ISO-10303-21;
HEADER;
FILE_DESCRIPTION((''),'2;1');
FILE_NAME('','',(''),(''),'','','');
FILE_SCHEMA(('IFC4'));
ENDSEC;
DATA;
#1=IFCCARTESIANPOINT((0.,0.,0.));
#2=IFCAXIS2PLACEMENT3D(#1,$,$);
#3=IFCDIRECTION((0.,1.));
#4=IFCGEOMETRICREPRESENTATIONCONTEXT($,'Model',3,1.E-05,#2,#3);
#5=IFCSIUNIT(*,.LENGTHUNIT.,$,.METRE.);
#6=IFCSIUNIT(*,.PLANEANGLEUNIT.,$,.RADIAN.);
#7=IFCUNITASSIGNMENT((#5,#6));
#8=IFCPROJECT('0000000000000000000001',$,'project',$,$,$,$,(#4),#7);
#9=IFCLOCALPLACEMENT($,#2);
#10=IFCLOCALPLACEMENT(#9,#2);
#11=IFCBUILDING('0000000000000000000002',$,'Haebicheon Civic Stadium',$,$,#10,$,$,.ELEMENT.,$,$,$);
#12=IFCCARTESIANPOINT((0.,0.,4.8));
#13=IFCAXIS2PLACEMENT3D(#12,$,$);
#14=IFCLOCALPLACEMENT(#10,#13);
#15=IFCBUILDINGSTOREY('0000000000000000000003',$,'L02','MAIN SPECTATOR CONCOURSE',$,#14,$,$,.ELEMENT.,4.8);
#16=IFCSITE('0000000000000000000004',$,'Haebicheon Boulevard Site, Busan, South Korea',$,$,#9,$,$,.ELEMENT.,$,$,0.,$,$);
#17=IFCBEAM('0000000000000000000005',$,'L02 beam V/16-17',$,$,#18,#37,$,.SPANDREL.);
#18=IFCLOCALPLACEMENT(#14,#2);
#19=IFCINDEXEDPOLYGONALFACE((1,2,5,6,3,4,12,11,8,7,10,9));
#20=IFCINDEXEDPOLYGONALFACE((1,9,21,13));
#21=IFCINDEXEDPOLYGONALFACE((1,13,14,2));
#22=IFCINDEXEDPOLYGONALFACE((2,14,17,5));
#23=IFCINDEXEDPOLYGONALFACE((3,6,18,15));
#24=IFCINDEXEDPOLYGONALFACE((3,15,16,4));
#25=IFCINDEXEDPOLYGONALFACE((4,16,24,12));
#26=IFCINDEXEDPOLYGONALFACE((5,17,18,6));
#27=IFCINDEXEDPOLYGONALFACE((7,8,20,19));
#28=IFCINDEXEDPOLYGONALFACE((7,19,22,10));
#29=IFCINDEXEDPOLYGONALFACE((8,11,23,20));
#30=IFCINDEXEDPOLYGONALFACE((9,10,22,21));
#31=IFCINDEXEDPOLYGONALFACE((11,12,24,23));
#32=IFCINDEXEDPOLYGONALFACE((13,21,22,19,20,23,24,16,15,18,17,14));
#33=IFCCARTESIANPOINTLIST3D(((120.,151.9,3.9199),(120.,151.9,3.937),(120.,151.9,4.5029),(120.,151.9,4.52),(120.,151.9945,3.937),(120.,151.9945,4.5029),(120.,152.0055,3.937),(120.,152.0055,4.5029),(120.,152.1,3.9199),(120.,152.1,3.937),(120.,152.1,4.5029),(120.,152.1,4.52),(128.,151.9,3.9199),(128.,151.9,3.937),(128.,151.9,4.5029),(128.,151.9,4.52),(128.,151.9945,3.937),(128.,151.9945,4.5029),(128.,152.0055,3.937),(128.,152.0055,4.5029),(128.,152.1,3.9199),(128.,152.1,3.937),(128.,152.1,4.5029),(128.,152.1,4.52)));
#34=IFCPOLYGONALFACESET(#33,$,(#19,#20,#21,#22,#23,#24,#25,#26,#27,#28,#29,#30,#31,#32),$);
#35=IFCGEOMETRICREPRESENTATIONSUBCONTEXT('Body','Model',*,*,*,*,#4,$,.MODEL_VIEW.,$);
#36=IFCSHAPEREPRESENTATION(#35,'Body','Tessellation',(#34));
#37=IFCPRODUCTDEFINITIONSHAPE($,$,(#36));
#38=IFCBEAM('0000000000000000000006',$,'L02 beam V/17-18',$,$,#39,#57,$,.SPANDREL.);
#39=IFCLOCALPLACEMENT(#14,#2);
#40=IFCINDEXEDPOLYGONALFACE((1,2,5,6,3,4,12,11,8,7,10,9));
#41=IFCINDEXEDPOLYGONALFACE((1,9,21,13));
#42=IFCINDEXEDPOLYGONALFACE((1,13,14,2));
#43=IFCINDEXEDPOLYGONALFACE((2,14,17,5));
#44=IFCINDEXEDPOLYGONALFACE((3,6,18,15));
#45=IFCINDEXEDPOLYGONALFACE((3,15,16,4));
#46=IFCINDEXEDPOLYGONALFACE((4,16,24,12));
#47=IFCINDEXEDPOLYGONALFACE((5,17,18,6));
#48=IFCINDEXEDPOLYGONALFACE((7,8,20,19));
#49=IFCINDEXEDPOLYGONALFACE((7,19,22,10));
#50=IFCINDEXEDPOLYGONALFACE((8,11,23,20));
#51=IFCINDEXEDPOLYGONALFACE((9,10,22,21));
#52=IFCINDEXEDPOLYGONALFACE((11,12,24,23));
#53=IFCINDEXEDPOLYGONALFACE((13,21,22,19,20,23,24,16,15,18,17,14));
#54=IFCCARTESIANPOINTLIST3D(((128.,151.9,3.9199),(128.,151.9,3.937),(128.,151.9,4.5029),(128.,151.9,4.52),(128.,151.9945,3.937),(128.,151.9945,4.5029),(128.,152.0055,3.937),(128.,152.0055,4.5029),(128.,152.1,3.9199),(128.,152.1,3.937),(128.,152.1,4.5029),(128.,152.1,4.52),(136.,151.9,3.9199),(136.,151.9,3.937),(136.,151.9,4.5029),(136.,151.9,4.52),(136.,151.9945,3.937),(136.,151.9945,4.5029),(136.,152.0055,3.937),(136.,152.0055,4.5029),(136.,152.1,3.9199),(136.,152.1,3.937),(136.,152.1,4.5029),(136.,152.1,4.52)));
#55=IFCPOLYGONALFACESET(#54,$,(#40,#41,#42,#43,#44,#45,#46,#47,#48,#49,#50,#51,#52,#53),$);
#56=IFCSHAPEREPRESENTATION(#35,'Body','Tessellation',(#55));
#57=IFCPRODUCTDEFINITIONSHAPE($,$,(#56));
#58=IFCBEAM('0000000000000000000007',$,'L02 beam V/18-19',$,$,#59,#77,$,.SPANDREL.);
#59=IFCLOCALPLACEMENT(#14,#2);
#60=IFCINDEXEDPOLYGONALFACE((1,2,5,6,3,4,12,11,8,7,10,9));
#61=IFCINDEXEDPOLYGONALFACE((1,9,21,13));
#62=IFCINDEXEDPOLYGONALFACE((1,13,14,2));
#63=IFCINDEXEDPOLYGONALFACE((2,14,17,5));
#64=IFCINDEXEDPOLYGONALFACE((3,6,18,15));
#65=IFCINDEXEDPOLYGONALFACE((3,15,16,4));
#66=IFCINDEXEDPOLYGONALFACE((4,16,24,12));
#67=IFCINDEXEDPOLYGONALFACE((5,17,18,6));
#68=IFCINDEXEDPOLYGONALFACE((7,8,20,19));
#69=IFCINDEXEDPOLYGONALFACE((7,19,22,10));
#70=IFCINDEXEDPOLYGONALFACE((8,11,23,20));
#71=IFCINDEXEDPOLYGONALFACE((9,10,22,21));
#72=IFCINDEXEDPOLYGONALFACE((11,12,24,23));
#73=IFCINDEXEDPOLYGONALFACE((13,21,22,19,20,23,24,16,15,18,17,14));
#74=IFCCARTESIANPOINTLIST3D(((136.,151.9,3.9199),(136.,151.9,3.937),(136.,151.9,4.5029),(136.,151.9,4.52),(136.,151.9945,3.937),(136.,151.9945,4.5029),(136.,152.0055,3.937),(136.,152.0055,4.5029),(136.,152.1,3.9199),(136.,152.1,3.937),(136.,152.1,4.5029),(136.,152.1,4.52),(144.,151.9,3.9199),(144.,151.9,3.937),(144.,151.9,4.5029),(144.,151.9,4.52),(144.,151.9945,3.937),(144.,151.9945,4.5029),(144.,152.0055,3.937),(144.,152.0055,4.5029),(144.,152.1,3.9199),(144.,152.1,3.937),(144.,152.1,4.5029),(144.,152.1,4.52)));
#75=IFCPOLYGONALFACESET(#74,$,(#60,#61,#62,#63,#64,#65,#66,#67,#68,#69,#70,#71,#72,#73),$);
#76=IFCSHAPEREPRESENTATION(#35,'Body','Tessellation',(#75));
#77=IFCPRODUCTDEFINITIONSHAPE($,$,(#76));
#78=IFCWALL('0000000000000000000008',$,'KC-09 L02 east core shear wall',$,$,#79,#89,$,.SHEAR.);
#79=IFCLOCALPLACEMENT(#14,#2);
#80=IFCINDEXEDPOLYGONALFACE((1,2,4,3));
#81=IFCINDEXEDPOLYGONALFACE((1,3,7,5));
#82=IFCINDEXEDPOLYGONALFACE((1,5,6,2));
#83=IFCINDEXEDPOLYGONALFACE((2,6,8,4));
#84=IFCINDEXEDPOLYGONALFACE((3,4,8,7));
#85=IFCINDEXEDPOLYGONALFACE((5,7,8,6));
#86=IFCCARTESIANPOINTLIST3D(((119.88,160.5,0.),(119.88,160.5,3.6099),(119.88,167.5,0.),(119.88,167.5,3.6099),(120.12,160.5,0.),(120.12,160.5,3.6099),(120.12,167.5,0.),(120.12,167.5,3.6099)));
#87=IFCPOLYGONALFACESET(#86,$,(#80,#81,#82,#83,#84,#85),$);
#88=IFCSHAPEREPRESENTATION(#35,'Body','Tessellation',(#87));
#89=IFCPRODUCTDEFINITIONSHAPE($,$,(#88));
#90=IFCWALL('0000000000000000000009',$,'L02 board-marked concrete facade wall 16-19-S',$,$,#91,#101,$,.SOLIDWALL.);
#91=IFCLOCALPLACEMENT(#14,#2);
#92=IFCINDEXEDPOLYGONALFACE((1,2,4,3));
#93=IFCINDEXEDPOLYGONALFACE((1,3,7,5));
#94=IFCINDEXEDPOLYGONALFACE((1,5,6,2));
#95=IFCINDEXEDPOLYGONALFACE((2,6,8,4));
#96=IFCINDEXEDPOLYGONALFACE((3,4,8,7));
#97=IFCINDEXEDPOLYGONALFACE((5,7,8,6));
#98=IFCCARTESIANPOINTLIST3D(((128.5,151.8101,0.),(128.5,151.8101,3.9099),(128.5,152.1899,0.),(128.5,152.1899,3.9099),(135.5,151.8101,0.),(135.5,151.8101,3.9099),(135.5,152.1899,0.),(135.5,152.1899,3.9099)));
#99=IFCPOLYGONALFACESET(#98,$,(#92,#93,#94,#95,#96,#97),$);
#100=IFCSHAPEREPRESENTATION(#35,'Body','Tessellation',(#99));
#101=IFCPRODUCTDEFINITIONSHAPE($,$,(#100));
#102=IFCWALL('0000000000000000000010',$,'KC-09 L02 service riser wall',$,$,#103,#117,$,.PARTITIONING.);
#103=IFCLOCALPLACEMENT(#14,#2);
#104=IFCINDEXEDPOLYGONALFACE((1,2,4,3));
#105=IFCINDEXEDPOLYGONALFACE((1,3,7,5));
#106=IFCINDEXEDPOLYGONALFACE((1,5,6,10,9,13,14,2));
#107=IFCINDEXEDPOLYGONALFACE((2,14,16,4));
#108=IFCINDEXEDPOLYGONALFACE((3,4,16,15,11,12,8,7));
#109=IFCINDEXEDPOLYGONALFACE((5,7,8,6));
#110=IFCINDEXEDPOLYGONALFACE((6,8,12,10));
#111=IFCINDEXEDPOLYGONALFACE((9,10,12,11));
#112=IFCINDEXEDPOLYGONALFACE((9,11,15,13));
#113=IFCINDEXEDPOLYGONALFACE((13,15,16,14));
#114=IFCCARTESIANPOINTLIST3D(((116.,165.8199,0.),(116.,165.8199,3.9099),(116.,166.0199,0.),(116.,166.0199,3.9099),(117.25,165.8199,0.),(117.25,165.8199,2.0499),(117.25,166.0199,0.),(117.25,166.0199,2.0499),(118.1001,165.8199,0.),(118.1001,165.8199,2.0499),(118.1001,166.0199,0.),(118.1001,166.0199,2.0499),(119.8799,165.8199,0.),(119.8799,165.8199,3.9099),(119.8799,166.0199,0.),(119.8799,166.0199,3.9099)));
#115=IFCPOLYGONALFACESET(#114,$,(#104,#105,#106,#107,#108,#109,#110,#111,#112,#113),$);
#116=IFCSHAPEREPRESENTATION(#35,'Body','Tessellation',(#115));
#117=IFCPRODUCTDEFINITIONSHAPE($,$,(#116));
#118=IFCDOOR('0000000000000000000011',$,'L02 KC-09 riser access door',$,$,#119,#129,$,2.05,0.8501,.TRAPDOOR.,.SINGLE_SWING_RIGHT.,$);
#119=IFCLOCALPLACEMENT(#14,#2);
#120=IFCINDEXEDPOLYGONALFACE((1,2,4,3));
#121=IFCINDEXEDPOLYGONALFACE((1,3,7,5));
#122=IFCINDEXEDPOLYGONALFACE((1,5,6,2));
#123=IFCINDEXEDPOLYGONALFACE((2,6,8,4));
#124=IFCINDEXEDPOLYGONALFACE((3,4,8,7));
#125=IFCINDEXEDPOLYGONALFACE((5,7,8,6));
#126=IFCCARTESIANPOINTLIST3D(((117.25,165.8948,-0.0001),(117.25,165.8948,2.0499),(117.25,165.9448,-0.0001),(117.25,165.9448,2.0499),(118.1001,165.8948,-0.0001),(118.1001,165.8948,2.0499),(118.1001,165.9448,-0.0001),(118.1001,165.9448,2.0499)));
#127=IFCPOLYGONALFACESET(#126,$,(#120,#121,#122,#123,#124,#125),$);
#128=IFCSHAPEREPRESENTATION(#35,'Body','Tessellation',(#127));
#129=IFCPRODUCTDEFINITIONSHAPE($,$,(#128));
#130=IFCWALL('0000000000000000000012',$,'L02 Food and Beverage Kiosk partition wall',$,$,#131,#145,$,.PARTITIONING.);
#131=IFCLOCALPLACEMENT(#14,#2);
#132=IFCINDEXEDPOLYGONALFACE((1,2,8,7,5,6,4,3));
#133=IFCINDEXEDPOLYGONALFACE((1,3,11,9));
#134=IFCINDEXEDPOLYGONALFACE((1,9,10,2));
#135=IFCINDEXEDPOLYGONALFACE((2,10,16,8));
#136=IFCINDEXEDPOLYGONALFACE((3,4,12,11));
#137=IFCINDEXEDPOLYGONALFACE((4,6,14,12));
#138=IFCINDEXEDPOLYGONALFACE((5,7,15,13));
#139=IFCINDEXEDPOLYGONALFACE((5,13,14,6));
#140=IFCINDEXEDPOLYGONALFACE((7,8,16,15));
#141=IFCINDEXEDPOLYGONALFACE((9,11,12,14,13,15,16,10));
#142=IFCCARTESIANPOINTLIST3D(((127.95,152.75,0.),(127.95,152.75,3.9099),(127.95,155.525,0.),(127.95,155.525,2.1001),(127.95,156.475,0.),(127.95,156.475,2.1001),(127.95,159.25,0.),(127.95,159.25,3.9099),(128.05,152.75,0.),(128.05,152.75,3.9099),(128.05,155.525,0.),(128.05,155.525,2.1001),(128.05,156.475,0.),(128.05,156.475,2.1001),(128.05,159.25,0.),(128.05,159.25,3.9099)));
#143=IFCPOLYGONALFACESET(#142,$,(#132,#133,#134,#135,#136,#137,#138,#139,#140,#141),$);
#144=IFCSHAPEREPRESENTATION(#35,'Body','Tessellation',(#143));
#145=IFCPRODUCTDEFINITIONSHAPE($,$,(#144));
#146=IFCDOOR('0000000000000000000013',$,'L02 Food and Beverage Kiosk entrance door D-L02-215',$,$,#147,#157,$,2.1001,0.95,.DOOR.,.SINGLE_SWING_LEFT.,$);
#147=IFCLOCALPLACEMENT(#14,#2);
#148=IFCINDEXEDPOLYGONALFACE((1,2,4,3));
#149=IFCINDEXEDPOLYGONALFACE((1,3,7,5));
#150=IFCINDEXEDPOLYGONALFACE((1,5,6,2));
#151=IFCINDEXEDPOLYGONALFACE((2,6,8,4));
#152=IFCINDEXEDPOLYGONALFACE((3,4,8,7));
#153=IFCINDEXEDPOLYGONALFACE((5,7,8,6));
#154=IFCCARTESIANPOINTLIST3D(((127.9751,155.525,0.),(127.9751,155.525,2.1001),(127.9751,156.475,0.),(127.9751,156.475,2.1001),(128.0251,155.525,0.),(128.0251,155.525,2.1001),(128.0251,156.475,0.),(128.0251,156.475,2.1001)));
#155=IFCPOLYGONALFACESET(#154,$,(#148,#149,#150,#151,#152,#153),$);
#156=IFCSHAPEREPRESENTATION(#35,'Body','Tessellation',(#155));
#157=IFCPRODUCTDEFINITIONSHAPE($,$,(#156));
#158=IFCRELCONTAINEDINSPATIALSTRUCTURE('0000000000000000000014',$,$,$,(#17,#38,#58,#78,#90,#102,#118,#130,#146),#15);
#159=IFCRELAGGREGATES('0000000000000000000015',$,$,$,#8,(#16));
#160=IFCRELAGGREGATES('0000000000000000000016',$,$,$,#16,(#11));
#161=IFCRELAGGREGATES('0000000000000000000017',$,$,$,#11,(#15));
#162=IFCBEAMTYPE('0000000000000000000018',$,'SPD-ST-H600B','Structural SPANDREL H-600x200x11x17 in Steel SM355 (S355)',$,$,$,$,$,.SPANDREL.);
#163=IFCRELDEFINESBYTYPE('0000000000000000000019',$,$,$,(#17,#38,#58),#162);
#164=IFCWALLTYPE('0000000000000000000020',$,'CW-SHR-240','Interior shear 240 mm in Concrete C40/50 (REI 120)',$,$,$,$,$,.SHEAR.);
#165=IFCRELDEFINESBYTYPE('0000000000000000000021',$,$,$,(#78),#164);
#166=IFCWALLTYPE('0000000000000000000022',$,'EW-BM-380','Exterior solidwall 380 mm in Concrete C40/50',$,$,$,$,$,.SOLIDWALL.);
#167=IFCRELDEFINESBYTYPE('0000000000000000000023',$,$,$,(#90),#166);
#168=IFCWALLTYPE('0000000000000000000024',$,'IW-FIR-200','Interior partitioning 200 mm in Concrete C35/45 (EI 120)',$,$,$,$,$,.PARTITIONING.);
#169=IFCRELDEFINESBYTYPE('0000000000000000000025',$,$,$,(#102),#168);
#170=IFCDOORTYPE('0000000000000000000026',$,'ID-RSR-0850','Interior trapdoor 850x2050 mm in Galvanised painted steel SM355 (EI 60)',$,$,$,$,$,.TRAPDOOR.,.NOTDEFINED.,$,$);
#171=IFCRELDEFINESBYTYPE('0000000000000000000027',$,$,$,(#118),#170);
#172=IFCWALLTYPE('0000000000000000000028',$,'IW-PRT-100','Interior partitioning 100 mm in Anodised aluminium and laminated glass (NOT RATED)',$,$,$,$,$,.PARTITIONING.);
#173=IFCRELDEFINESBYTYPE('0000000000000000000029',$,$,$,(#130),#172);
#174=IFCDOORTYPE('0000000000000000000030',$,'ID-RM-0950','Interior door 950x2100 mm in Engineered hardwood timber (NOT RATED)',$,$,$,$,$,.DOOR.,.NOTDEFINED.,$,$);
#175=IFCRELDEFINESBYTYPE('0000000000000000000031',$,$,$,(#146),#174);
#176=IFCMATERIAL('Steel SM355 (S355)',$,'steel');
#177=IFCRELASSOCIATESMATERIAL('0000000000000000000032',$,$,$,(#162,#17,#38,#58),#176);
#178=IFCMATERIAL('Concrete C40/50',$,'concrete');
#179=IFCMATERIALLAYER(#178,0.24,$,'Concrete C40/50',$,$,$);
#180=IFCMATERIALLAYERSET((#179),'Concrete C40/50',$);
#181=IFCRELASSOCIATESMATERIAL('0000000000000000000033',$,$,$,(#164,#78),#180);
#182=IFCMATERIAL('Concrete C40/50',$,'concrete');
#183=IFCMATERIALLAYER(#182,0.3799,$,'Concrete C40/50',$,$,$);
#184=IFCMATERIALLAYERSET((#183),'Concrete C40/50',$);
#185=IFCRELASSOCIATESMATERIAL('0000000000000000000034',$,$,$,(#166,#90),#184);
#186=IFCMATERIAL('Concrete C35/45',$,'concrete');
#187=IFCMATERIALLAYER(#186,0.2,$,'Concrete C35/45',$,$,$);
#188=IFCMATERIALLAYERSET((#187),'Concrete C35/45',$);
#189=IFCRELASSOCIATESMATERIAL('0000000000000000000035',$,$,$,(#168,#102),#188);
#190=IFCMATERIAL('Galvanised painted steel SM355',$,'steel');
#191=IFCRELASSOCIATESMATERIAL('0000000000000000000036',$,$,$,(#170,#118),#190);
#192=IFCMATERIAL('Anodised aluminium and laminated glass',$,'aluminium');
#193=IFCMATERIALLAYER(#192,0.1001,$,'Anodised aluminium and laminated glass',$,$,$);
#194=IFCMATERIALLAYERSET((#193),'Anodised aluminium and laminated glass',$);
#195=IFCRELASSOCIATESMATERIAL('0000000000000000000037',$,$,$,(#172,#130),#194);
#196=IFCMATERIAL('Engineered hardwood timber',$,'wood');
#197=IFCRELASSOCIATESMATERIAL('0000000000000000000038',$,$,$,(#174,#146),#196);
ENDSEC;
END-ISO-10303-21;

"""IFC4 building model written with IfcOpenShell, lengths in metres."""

from ifc_helpers import new_model, si_unit, direction, frame, frame_2d, origin, origin_2d, place, context, subcontext, project, spatial, rectangle, i_section, extrude, material, layer, layer_set, material_profile, profile_set, type_object, element, fill, save


model = new_model("IFC4")

# Units and contexts
model_context = context("Model", 3, precision=1e-05, world=origin(), true_north=direction((0.0, 1.0)))
body_context = subcontext(model_context, "Body", "Model", "MODEL_VIEW")
ifc_project = project(units=[si_unit("LENGTHUNIT", "METRE"), si_unit("PLANEANGLEUNIT", "RADIAN")], contexts=[model_context])

# Site, building, storey
site_placement = place(None, origin())
site = spatial("IfcSite", under=ifc_project, at=site_placement, Name="Haebicheon Boulevard Site, Busan, South Korea", CompositionType="ELEMENT", RefElevation=0.0)
building_placement = place(site_placement, origin())
building = spatial("IfcBuilding", under=site, at=building_placement, Name="Haebicheon Civic Stadium", CompositionType="ELEMENT")
storey_placement = place(building_placement, frame((0.0, 0.0, 4.8)))
storey = spatial("IfcBuildingStorey", under=building, at=storey_placement, Name="L02", Description="MAIN SPECTATOR CONCOURSE", CompositionType="ELEMENT", Elevation=4.8)

# Beams
ifc_material_1 = material(Name="Steel SM355 (S355)", Category="steel")
ifc_material_profile_1 = material_profile(ifc_material_1, i_section(OverallWidth=0.2, OverallDepth=0.6001, WebThickness=0.011, FlangeThickness=0.0171, at=origin_2d()), Name="H-600x200x11x17")
ifc_profile_set_1 = profile_set([ifc_material_profile_1], Name="Steel SM355 (S355)")
beam_type_1 = type_object("IfcBeamType", Name="SPD-ST-H600B", Description="Structural SPANDREL H-600x200x11x17 in Steel SM355 (S355)", PredefinedType="SPANDREL", material=ifc_profile_set_1)
for number, where, z_axis, x_axis, name in (
    (1, (120.0, 152.0, 4.22), (1.0, 0.0, 0.0), (0.0, 1.0, 0.0), "L02 beam V/16-17"),
    (2, (128.0, 152.0, 4.22), (1.0, 0.0, 0.0), (0.0, 1.0, 0.0), "L02 beam V/17-18"),
    (3, (136.0, 152.0, 4.22), (1.0, 0.0, 0.0), (0.0, 1.0, 0.0), "L02 beam V/18-19"),
):
    element("IfcBeam", number, at=place(storey_placement, frame(where, z_axis=z_axis, x_axis=x_axis)), inside=storey, type_object=beam_type_1, material=ifc_profile_set_1, Name=name, PredefinedType="SPANDREL", context=body_context, shape_type="SweptSolid", body=[
        extrude(i_section(OverallWidth=0.2, OverallDepth=0.6001, WebThickness=0.011, FlangeThickness=0.0171, at=origin_2d()), origin(), (0.0, 0.0, 1.0), 8.0),
    ])

# Walls
ifc_material_2 = material(Name="Concrete C40/50", Category="concrete")
ifc_layer_1 = layer(ifc_material_2, 0.24, Name="Concrete C40/50")
ifc_layer_set_1 = layer_set([ifc_layer_1], Name="Concrete C40/50")
wall_type_1 = type_object("IfcWallType", Name="CW-SHR-240", Description="Interior shear 240 mm in Concrete C40/50 (REI 120)", PredefinedType="SHEAR", material=ifc_layer_set_1)
wall_1_placement = place(storey_placement, frame((120.0, 160.5, 0.0), z_axis=(0.0, 0.0, 1.0), x_axis=(0.0, 1.0, 0.0)))
element("IfcWall", 4, at=wall_1_placement, inside=storey, type_object=wall_type_1, material=ifc_layer_set_1, Name="KC-09 L02 east core shear wall", PredefinedType="SHEAR", context=body_context, shape_type="SweptSolid", body=[
    extrude(rectangle(XDim=7.0, YDim=0.24, at=frame_2d((3.5, 0.0))), origin(), (0.0, 0.0, 1.0), 3.6099),
])
ifc_material_3 = material(Name="Concrete C40/50", Category="concrete")
ifc_layer_2 = layer(ifc_material_3, 0.3799, Name="Concrete C40/50")
ifc_layer_set_2 = layer_set([ifc_layer_2], Name="Concrete C40/50")
wall_type_2 = type_object("IfcWallType", Name="EW-BM-380", Description="Exterior solidwall 380 mm in Concrete C40/50", PredefinedType="SOLIDWALL", material=ifc_layer_set_2)
wall_2_placement = place(storey_placement, frame((128.5, 152.0, 0.0), z_axis=(0.0, 0.0, 1.0), x_axis=(1.0, 0.0, 0.0)))
element("IfcWall", 5, at=wall_2_placement, inside=storey, type_object=wall_type_2, material=ifc_layer_set_2, Name="L02 board-marked concrete facade wall 16-19-S", PredefinedType="SOLIDWALL", context=body_context, shape_type="SweptSolid", body=[
    extrude(rectangle(XDim=7.0, YDim=0.3799, at=frame_2d((3.5, 0.0))), origin(), (0.0, 0.0, 1.0), 3.9099),
])

# Walls, openings, doors
ifc_material_4 = material(Name="Concrete C35/45", Category="concrete")
ifc_layer_3 = layer(ifc_material_4, 0.2, Name="Concrete C35/45")
ifc_layer_set_3 = layer_set([ifc_layer_3], Name="Concrete C35/45")
wall_type_3 = type_object("IfcWallType", Name="IW-FIR-200", Description="Interior partitioning 200 mm in Concrete C35/45 (EI 120)", PredefinedType="PARTITIONING", material=ifc_layer_set_3)
wall_3_placement = place(storey_placement, frame((116.0, 165.9199, 0.0), z_axis=(0.0, 0.0, 1.0), x_axis=(1.0, 0.0, 0.0)))
wall_3 = element("IfcWall", 6, at=wall_3_placement, inside=storey, type_object=wall_type_3, material=ifc_layer_set_3, Name="KC-09 L02 service riser wall", PredefinedType="PARTITIONING", context=body_context, shape_type="SweptSolid", body=[
    extrude(rectangle(XDim=3.8799, YDim=0.2, at=frame_2d((1.9399, 0.0))), origin(), (0.0, 0.0, 1.0), 3.9099),
])
opening_1_placement = place(wall_3_placement, frame((1.25, 0.0, 0.0)))
opening_1 = element("IfcOpeningElement", 7, at=opening_1_placement, cuts=wall_3, PredefinedType="OPENING", context=body_context, shape_type="SweptSolid", body=[
    extrude(rectangle(XDim=0.8501, YDim=2.05, at=frame_2d((0.425, 1.0249))), frame((0.0, 0.1099, 0.0), z_axis=(0.0, -1.0, 0.0), x_axis=(1.0, 0.0, 0.0)), (0.0, 0.0, 1.0), 0.22),
])
ifc_material_5 = material(Name="Galvanised painted steel SM355", Category="steel")
door_type_1 = type_object("IfcDoorType", Name="ID-RSR-0850", Description="Interior trapdoor 850x2050 mm in Galvanised painted steel SM355 (EI 60)", OperationType="NOTDEFINED", PredefinedType="TRAPDOOR", material=ifc_material_5)
door_1_placement = place(opening_1_placement, origin())
door_1 = element("IfcDoor", 8, at=door_1_placement, inside=storey, type_object=door_type_1, material=ifc_material_5, Name="L02 KC-09 riser access door", OperationType="SINGLE_SWING_RIGHT", OverallHeight=2.05, OverallWidth=0.8501, PredefinedType="TRAPDOOR", context=body_context, shape_type="SweptSolid", body=[
    extrude(rectangle(XDim=0.8501, YDim=2.05, at=frame_2d((0.425, 1.0249))), frame((0.0, 0.0249, 0.0), z_axis=(0.0, -1.0, 0.0), x_axis=(1.0, 0.0, 0.0)), (0.0, 0.0, 1.0), 0.05),
])
fill(opening_1, door_1)
ifc_material_6 = material(Name="Anodised aluminium and laminated glass", Category="aluminium")
ifc_layer_4 = layer(ifc_material_6, 0.1001, Name="Anodised aluminium and laminated glass")
ifc_layer_set_4 = layer_set([ifc_layer_4], Name="Anodised aluminium and laminated glass")
wall_type_4 = type_object("IfcWallType", Name="IW-PRT-100", Description="Interior partitioning 100 mm in Anodised aluminium and laminated glass (NOT RATED)", PredefinedType="PARTITIONING", material=ifc_layer_set_4)
wall_4_placement = place(storey_placement, frame((128.0, 152.75, 0.0), z_axis=(0.0, 0.0, 1.0), x_axis=(0.0, 1.0, 0.0)))
wall_4 = element("IfcWall", 9, at=wall_4_placement, inside=storey, type_object=wall_type_4, material=ifc_layer_set_4, Name="L02 Food and Beverage Kiosk partition wall", PredefinedType="PARTITIONING", context=body_context, shape_type="SweptSolid", body=[
    extrude(rectangle(XDim=6.5, YDim=0.1001, at=frame_2d((3.25, 0.0))), origin(), (0.0, 0.0, 1.0), 3.9099),
])
opening_2_placement = place(wall_4_placement, frame((2.7749, 0.0, 0.0)))
opening_2 = element("IfcOpeningElement", 10, at=opening_2_placement, cuts=wall_4, PredefinedType="OPENING", context=body_context, shape_type="SweptSolid", body=[
    extrude(rectangle(XDim=0.95, YDim=2.1001, at=frame_2d((0.4751, 1.05))), frame((0.0, 0.0601, 0.0), z_axis=(0.0, -1.0, 0.0), x_axis=(1.0, 0.0, 0.0)), (0.0, 0.0, 1.0), 0.1201),
])
ifc_material_7 = material(Name="Engineered hardwood timber", Category="wood")
door_type_2 = type_object("IfcDoorType", Name="ID-RM-0950", Description="Interior door 950x2100 mm in Engineered hardwood timber (NOT RATED)", OperationType="NOTDEFINED", PredefinedType="DOOR", material=ifc_material_7)
door_2_placement = place(opening_2_placement, origin())
door_2 = element("IfcDoor", 11, at=door_2_placement, inside=storey, type_object=door_type_2, material=ifc_material_7, Name="L02 Food and Beverage Kiosk entrance door D-L02-215", OperationType="SINGLE_SWING_LEFT", OverallHeight=2.1001, OverallWidth=0.95, PredefinedType="DOOR", context=body_context, shape_type="SweptSolid", body=[
    extrude(rectangle(XDim=0.95, YDim=2.1001, at=frame_2d((0.4751, 1.05))), frame((0.0, 0.0249, 0.0), z_axis=(0.0, -1.0, 0.0), x_axis=(1.0, 0.0, 0.0)), (0.0, 0.0, 1.0), 0.05),
])
fill(opening_2, door_2)

save(model, "model.ifc")
